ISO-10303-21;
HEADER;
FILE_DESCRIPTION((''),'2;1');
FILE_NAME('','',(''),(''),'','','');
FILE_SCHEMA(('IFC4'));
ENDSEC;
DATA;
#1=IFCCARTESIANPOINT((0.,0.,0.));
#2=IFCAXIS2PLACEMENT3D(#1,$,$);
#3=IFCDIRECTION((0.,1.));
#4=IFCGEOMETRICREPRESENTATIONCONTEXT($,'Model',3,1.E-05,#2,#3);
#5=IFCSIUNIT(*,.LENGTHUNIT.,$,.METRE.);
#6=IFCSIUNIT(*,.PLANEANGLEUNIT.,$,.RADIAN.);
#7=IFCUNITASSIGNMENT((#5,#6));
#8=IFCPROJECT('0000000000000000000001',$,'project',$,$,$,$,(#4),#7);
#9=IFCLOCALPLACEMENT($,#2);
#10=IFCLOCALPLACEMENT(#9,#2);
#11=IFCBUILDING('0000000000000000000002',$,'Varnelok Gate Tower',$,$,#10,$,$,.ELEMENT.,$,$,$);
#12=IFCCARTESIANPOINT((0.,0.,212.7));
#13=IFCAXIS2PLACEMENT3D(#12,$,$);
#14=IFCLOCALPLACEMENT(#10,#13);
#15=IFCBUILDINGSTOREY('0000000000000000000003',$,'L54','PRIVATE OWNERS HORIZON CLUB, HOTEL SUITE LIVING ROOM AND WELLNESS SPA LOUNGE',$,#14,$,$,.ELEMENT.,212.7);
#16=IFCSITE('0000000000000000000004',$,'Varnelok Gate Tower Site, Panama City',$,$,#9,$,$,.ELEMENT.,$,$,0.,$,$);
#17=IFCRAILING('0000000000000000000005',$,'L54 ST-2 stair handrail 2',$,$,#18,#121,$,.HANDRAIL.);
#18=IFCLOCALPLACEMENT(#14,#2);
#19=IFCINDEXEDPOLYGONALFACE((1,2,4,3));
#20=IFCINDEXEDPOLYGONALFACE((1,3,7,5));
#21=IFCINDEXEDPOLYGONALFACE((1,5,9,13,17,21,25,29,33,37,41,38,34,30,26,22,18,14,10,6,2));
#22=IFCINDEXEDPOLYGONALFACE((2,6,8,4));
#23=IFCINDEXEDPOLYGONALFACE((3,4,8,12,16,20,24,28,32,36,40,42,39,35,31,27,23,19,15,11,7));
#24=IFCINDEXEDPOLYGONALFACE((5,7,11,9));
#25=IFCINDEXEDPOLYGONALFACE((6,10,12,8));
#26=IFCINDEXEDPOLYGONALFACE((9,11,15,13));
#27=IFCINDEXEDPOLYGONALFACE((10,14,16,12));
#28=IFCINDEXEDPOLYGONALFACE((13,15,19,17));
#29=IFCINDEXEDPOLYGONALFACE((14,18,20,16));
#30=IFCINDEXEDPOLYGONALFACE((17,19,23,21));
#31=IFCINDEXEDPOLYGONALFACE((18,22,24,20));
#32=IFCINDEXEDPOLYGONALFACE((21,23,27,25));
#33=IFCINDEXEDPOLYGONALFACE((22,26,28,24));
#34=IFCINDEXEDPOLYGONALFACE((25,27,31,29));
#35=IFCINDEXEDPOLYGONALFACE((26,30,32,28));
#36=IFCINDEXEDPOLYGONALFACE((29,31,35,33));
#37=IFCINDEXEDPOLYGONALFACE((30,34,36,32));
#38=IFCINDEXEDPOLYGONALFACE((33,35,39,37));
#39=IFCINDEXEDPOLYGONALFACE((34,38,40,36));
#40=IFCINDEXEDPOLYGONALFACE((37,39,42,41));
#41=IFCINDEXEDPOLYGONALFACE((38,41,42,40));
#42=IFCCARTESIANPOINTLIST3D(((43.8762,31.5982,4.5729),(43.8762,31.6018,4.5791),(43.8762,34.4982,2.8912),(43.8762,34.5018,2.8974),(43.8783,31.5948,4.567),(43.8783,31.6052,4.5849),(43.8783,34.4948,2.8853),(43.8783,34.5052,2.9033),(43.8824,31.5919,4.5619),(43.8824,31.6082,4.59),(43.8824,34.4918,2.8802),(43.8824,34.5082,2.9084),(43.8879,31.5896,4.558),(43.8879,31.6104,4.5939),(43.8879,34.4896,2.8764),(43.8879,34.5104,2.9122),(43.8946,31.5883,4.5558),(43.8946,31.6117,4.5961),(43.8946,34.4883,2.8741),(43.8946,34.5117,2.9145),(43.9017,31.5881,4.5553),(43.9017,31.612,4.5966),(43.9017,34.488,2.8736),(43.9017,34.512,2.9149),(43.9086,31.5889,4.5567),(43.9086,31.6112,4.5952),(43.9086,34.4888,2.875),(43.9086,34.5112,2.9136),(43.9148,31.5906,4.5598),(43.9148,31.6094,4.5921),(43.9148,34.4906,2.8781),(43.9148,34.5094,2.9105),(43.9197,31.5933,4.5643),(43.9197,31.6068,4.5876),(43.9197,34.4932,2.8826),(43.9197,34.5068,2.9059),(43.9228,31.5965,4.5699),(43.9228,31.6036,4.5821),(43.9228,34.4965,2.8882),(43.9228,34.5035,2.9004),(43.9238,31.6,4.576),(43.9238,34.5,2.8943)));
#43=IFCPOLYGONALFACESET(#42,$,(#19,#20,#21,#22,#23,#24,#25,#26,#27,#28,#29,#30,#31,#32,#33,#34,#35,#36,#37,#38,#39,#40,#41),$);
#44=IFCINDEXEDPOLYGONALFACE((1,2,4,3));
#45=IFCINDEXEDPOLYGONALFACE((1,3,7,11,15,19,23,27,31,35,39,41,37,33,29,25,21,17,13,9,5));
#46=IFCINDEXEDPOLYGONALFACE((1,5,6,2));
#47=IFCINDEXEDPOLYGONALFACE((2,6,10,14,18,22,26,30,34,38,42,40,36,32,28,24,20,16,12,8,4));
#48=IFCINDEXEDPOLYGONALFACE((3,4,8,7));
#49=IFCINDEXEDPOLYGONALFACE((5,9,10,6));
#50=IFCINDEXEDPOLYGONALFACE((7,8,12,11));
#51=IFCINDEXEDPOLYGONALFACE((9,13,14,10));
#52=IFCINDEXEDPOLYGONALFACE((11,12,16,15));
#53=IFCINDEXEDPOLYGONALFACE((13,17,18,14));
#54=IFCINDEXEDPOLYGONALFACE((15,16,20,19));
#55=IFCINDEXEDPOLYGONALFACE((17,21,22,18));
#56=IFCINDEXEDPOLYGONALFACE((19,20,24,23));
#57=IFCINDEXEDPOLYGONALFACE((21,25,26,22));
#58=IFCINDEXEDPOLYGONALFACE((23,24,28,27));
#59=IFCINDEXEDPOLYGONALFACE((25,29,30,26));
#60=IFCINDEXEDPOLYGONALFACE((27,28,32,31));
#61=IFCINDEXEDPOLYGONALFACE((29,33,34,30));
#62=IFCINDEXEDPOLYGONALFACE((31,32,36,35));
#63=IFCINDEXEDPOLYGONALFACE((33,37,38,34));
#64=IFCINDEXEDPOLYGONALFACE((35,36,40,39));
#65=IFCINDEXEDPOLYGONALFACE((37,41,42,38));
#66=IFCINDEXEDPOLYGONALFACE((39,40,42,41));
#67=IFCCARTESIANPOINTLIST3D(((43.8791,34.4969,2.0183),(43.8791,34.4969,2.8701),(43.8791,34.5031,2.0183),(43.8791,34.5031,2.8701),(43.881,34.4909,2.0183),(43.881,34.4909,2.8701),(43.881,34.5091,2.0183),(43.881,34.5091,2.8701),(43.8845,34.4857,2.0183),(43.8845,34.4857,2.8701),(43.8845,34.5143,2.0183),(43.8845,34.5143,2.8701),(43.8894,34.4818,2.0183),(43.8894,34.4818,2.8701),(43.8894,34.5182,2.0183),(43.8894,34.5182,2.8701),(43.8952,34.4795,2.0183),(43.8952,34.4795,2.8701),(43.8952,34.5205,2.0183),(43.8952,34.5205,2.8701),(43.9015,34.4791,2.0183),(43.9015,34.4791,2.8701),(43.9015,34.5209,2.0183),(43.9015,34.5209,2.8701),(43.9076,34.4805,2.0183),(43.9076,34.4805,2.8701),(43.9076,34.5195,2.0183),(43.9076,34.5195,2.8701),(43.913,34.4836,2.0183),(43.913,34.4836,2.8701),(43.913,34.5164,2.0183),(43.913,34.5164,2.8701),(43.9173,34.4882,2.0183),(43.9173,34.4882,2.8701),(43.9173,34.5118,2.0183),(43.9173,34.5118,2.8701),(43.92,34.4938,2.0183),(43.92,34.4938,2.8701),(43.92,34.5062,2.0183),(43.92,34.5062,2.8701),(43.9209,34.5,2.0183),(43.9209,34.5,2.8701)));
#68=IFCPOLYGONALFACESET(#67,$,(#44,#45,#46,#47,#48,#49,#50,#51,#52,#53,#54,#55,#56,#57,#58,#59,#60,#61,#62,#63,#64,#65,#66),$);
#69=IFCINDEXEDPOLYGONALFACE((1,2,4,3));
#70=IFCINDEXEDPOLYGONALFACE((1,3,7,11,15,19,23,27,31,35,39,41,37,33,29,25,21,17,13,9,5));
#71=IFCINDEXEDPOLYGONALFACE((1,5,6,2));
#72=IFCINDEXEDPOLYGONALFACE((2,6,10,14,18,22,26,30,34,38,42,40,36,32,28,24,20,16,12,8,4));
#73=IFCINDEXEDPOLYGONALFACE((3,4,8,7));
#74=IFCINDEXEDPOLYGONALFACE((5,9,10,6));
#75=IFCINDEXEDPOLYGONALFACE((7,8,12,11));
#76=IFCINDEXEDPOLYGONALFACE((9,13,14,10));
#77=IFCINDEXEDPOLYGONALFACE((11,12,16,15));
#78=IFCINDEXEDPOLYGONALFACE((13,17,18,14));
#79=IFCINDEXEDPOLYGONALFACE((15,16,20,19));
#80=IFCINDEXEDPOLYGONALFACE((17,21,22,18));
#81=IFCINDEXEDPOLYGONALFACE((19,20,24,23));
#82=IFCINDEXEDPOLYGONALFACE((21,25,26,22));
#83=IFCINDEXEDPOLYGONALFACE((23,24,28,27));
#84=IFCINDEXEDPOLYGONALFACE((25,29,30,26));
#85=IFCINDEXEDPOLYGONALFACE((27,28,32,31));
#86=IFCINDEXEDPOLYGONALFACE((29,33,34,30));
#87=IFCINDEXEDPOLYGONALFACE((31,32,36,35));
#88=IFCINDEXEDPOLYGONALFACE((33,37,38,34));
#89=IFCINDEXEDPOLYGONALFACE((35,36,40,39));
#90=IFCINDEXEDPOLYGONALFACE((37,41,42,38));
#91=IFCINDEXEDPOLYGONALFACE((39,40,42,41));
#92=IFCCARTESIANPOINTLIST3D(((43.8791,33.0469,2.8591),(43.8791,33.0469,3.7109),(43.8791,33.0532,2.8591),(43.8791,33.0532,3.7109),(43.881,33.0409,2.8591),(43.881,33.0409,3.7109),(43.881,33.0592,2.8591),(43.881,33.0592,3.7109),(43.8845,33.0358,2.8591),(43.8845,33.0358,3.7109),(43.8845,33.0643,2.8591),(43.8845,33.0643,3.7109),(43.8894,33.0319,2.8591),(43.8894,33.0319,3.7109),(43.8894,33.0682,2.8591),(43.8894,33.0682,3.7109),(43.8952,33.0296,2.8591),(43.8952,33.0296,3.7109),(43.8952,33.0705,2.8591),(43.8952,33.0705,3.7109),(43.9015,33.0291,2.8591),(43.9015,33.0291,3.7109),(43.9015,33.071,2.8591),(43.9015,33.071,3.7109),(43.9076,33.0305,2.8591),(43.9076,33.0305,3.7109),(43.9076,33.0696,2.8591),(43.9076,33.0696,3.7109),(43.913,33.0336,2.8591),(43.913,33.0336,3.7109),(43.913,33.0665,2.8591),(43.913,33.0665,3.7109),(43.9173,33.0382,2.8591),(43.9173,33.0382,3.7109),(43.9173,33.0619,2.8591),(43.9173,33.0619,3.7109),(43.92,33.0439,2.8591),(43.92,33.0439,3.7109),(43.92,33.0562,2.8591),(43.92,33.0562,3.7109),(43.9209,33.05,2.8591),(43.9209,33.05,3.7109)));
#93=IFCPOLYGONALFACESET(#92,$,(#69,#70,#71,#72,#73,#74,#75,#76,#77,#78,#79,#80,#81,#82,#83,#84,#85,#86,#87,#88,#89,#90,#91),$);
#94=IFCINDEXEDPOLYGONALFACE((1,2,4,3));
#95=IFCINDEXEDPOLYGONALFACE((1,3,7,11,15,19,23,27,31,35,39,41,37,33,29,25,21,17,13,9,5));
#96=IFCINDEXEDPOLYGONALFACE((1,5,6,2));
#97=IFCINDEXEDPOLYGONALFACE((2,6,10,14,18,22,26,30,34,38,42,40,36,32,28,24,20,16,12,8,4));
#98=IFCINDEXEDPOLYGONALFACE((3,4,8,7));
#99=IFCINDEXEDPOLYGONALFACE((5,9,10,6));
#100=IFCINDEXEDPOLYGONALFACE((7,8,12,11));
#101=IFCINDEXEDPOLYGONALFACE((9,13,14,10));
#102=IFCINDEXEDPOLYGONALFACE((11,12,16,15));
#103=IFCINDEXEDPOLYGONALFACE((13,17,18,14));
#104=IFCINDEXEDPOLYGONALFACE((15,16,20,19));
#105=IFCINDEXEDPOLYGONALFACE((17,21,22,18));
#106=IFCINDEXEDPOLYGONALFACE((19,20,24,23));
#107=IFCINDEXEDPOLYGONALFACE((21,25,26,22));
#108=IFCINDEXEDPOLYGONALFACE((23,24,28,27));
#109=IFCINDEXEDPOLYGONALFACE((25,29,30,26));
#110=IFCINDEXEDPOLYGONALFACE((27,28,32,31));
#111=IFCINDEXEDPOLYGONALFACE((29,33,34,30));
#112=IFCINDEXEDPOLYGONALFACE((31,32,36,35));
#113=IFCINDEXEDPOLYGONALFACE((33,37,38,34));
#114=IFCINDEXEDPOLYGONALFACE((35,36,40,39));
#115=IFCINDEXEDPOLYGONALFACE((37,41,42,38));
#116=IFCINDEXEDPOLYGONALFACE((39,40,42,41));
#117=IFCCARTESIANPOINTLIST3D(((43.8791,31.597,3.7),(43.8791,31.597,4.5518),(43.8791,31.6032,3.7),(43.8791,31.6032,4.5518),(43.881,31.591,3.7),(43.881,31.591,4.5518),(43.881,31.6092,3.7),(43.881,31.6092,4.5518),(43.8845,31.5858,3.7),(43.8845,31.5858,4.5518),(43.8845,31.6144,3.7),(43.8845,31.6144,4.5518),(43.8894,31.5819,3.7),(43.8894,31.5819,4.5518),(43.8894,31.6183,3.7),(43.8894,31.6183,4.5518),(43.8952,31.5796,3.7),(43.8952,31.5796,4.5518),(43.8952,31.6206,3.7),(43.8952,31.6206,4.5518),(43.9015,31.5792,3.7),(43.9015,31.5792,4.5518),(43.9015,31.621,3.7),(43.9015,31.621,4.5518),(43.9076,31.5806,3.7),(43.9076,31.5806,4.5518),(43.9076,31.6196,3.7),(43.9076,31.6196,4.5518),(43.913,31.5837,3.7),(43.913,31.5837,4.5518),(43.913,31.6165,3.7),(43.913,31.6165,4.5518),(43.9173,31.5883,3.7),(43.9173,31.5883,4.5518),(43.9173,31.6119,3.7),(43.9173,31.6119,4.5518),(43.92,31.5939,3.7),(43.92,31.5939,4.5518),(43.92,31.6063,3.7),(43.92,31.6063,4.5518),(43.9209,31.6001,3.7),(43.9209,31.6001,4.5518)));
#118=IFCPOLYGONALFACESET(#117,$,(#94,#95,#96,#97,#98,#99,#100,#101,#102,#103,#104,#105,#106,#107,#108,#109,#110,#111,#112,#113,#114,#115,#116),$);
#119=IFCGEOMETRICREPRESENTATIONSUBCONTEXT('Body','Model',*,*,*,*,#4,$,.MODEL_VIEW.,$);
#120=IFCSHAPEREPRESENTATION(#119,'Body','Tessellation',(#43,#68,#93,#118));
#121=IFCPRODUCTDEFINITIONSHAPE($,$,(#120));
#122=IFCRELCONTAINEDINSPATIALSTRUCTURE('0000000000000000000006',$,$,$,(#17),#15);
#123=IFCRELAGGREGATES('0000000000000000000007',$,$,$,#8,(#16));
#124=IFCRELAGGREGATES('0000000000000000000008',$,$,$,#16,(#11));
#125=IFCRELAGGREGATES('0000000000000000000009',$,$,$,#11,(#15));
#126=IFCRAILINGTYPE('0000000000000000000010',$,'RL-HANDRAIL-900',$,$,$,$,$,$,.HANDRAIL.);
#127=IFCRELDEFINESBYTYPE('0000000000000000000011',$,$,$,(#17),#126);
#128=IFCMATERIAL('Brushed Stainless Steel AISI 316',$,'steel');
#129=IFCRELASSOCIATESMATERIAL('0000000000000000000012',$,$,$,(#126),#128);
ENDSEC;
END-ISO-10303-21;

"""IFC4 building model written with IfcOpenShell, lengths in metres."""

from ifc_helpers import new_model, si_unit, direction, frame, origin, origin_2d, place, context, subcontext, project, spatial, circle, extrude, material, type_object, element, save


model = new_model("IFC4")

# Units and contexts
model_context = context("Model", 3, precision=1e-05, world=origin(), true_north=direction((0.0, 1.0)))
body_context = subcontext(model_context, "Body", "Model", "MODEL_VIEW")
ifc_project = project(units=[si_unit("LENGTHUNIT", "METRE"), si_unit("PLANEANGLEUNIT", "RADIAN")], contexts=[model_context])

# Site, building, storey
site_placement = place(None, origin())
site = spatial("IfcSite", under=ifc_project, at=site_placement, Name="Varnelok Gate Tower Site, Panama City", CompositionType="ELEMENT", RefElevation=0.0)
building_placement = place(site_placement, origin())
building = spatial("IfcBuilding", under=site, at=building_placement, Name="Varnelok Gate Tower", CompositionType="ELEMENT")
storey_placement = place(building_placement, frame((0.0, 0.0, 212.7)))
storey = spatial("IfcBuildingStorey", under=building, at=storey_placement, Name="L54", Description="PRIVATE OWNERS HORIZON CLUB, HOTEL SUITE LIVING ROOM AND WELLNESS SPA LOUNGE", CompositionType="ELEMENT", Elevation=212.7)

# Railing
ifc_material_1 = material(Name="Brushed Stainless Steel AISI 316", Category="steel")
railing_type_1 = type_object("IfcRailingType", Name="RL-HANDRAIL-900", PredefinedType="HANDRAIL", material=ifc_material_1)
railing_1_placement = place(storey_placement, frame((43.8999, 34.5, 2.0183)))
element("IfcRailing", 1, at=railing_1_placement, inside=storey, type_object=railing_type_1, Name="L54 ST-2 stair handrail 2", PredefinedType="HANDRAIL", context=body_context, shape_type="SweptSolid", body=[
    extrude(circle(Radius=0.0239, at=origin_2d()), frame((0.0, 0.0, 0.876), z_axis=(0.0, -0.86507, 0.501651), x_axis=(1.0, 0.0, 0.0)), (0.0, 0.0, 1.0), 3.3523),
    extrude(circle(Radius=0.021, at=origin_2d()), origin(), (0.0, 0.0, 1.0), 0.8518),
    extrude(circle(Radius=0.021, at=origin_2d()), frame((0.0, -1.45, 0.8408)), (0.0, 0.0, 1.0), 0.8518),
    extrude(circle(Radius=0.021, at=origin_2d()), frame((0.0, -2.8999, 1.6816)), (0.0, 0.0, 1.0), 0.8518),
])

save(model, "model.ifc")
